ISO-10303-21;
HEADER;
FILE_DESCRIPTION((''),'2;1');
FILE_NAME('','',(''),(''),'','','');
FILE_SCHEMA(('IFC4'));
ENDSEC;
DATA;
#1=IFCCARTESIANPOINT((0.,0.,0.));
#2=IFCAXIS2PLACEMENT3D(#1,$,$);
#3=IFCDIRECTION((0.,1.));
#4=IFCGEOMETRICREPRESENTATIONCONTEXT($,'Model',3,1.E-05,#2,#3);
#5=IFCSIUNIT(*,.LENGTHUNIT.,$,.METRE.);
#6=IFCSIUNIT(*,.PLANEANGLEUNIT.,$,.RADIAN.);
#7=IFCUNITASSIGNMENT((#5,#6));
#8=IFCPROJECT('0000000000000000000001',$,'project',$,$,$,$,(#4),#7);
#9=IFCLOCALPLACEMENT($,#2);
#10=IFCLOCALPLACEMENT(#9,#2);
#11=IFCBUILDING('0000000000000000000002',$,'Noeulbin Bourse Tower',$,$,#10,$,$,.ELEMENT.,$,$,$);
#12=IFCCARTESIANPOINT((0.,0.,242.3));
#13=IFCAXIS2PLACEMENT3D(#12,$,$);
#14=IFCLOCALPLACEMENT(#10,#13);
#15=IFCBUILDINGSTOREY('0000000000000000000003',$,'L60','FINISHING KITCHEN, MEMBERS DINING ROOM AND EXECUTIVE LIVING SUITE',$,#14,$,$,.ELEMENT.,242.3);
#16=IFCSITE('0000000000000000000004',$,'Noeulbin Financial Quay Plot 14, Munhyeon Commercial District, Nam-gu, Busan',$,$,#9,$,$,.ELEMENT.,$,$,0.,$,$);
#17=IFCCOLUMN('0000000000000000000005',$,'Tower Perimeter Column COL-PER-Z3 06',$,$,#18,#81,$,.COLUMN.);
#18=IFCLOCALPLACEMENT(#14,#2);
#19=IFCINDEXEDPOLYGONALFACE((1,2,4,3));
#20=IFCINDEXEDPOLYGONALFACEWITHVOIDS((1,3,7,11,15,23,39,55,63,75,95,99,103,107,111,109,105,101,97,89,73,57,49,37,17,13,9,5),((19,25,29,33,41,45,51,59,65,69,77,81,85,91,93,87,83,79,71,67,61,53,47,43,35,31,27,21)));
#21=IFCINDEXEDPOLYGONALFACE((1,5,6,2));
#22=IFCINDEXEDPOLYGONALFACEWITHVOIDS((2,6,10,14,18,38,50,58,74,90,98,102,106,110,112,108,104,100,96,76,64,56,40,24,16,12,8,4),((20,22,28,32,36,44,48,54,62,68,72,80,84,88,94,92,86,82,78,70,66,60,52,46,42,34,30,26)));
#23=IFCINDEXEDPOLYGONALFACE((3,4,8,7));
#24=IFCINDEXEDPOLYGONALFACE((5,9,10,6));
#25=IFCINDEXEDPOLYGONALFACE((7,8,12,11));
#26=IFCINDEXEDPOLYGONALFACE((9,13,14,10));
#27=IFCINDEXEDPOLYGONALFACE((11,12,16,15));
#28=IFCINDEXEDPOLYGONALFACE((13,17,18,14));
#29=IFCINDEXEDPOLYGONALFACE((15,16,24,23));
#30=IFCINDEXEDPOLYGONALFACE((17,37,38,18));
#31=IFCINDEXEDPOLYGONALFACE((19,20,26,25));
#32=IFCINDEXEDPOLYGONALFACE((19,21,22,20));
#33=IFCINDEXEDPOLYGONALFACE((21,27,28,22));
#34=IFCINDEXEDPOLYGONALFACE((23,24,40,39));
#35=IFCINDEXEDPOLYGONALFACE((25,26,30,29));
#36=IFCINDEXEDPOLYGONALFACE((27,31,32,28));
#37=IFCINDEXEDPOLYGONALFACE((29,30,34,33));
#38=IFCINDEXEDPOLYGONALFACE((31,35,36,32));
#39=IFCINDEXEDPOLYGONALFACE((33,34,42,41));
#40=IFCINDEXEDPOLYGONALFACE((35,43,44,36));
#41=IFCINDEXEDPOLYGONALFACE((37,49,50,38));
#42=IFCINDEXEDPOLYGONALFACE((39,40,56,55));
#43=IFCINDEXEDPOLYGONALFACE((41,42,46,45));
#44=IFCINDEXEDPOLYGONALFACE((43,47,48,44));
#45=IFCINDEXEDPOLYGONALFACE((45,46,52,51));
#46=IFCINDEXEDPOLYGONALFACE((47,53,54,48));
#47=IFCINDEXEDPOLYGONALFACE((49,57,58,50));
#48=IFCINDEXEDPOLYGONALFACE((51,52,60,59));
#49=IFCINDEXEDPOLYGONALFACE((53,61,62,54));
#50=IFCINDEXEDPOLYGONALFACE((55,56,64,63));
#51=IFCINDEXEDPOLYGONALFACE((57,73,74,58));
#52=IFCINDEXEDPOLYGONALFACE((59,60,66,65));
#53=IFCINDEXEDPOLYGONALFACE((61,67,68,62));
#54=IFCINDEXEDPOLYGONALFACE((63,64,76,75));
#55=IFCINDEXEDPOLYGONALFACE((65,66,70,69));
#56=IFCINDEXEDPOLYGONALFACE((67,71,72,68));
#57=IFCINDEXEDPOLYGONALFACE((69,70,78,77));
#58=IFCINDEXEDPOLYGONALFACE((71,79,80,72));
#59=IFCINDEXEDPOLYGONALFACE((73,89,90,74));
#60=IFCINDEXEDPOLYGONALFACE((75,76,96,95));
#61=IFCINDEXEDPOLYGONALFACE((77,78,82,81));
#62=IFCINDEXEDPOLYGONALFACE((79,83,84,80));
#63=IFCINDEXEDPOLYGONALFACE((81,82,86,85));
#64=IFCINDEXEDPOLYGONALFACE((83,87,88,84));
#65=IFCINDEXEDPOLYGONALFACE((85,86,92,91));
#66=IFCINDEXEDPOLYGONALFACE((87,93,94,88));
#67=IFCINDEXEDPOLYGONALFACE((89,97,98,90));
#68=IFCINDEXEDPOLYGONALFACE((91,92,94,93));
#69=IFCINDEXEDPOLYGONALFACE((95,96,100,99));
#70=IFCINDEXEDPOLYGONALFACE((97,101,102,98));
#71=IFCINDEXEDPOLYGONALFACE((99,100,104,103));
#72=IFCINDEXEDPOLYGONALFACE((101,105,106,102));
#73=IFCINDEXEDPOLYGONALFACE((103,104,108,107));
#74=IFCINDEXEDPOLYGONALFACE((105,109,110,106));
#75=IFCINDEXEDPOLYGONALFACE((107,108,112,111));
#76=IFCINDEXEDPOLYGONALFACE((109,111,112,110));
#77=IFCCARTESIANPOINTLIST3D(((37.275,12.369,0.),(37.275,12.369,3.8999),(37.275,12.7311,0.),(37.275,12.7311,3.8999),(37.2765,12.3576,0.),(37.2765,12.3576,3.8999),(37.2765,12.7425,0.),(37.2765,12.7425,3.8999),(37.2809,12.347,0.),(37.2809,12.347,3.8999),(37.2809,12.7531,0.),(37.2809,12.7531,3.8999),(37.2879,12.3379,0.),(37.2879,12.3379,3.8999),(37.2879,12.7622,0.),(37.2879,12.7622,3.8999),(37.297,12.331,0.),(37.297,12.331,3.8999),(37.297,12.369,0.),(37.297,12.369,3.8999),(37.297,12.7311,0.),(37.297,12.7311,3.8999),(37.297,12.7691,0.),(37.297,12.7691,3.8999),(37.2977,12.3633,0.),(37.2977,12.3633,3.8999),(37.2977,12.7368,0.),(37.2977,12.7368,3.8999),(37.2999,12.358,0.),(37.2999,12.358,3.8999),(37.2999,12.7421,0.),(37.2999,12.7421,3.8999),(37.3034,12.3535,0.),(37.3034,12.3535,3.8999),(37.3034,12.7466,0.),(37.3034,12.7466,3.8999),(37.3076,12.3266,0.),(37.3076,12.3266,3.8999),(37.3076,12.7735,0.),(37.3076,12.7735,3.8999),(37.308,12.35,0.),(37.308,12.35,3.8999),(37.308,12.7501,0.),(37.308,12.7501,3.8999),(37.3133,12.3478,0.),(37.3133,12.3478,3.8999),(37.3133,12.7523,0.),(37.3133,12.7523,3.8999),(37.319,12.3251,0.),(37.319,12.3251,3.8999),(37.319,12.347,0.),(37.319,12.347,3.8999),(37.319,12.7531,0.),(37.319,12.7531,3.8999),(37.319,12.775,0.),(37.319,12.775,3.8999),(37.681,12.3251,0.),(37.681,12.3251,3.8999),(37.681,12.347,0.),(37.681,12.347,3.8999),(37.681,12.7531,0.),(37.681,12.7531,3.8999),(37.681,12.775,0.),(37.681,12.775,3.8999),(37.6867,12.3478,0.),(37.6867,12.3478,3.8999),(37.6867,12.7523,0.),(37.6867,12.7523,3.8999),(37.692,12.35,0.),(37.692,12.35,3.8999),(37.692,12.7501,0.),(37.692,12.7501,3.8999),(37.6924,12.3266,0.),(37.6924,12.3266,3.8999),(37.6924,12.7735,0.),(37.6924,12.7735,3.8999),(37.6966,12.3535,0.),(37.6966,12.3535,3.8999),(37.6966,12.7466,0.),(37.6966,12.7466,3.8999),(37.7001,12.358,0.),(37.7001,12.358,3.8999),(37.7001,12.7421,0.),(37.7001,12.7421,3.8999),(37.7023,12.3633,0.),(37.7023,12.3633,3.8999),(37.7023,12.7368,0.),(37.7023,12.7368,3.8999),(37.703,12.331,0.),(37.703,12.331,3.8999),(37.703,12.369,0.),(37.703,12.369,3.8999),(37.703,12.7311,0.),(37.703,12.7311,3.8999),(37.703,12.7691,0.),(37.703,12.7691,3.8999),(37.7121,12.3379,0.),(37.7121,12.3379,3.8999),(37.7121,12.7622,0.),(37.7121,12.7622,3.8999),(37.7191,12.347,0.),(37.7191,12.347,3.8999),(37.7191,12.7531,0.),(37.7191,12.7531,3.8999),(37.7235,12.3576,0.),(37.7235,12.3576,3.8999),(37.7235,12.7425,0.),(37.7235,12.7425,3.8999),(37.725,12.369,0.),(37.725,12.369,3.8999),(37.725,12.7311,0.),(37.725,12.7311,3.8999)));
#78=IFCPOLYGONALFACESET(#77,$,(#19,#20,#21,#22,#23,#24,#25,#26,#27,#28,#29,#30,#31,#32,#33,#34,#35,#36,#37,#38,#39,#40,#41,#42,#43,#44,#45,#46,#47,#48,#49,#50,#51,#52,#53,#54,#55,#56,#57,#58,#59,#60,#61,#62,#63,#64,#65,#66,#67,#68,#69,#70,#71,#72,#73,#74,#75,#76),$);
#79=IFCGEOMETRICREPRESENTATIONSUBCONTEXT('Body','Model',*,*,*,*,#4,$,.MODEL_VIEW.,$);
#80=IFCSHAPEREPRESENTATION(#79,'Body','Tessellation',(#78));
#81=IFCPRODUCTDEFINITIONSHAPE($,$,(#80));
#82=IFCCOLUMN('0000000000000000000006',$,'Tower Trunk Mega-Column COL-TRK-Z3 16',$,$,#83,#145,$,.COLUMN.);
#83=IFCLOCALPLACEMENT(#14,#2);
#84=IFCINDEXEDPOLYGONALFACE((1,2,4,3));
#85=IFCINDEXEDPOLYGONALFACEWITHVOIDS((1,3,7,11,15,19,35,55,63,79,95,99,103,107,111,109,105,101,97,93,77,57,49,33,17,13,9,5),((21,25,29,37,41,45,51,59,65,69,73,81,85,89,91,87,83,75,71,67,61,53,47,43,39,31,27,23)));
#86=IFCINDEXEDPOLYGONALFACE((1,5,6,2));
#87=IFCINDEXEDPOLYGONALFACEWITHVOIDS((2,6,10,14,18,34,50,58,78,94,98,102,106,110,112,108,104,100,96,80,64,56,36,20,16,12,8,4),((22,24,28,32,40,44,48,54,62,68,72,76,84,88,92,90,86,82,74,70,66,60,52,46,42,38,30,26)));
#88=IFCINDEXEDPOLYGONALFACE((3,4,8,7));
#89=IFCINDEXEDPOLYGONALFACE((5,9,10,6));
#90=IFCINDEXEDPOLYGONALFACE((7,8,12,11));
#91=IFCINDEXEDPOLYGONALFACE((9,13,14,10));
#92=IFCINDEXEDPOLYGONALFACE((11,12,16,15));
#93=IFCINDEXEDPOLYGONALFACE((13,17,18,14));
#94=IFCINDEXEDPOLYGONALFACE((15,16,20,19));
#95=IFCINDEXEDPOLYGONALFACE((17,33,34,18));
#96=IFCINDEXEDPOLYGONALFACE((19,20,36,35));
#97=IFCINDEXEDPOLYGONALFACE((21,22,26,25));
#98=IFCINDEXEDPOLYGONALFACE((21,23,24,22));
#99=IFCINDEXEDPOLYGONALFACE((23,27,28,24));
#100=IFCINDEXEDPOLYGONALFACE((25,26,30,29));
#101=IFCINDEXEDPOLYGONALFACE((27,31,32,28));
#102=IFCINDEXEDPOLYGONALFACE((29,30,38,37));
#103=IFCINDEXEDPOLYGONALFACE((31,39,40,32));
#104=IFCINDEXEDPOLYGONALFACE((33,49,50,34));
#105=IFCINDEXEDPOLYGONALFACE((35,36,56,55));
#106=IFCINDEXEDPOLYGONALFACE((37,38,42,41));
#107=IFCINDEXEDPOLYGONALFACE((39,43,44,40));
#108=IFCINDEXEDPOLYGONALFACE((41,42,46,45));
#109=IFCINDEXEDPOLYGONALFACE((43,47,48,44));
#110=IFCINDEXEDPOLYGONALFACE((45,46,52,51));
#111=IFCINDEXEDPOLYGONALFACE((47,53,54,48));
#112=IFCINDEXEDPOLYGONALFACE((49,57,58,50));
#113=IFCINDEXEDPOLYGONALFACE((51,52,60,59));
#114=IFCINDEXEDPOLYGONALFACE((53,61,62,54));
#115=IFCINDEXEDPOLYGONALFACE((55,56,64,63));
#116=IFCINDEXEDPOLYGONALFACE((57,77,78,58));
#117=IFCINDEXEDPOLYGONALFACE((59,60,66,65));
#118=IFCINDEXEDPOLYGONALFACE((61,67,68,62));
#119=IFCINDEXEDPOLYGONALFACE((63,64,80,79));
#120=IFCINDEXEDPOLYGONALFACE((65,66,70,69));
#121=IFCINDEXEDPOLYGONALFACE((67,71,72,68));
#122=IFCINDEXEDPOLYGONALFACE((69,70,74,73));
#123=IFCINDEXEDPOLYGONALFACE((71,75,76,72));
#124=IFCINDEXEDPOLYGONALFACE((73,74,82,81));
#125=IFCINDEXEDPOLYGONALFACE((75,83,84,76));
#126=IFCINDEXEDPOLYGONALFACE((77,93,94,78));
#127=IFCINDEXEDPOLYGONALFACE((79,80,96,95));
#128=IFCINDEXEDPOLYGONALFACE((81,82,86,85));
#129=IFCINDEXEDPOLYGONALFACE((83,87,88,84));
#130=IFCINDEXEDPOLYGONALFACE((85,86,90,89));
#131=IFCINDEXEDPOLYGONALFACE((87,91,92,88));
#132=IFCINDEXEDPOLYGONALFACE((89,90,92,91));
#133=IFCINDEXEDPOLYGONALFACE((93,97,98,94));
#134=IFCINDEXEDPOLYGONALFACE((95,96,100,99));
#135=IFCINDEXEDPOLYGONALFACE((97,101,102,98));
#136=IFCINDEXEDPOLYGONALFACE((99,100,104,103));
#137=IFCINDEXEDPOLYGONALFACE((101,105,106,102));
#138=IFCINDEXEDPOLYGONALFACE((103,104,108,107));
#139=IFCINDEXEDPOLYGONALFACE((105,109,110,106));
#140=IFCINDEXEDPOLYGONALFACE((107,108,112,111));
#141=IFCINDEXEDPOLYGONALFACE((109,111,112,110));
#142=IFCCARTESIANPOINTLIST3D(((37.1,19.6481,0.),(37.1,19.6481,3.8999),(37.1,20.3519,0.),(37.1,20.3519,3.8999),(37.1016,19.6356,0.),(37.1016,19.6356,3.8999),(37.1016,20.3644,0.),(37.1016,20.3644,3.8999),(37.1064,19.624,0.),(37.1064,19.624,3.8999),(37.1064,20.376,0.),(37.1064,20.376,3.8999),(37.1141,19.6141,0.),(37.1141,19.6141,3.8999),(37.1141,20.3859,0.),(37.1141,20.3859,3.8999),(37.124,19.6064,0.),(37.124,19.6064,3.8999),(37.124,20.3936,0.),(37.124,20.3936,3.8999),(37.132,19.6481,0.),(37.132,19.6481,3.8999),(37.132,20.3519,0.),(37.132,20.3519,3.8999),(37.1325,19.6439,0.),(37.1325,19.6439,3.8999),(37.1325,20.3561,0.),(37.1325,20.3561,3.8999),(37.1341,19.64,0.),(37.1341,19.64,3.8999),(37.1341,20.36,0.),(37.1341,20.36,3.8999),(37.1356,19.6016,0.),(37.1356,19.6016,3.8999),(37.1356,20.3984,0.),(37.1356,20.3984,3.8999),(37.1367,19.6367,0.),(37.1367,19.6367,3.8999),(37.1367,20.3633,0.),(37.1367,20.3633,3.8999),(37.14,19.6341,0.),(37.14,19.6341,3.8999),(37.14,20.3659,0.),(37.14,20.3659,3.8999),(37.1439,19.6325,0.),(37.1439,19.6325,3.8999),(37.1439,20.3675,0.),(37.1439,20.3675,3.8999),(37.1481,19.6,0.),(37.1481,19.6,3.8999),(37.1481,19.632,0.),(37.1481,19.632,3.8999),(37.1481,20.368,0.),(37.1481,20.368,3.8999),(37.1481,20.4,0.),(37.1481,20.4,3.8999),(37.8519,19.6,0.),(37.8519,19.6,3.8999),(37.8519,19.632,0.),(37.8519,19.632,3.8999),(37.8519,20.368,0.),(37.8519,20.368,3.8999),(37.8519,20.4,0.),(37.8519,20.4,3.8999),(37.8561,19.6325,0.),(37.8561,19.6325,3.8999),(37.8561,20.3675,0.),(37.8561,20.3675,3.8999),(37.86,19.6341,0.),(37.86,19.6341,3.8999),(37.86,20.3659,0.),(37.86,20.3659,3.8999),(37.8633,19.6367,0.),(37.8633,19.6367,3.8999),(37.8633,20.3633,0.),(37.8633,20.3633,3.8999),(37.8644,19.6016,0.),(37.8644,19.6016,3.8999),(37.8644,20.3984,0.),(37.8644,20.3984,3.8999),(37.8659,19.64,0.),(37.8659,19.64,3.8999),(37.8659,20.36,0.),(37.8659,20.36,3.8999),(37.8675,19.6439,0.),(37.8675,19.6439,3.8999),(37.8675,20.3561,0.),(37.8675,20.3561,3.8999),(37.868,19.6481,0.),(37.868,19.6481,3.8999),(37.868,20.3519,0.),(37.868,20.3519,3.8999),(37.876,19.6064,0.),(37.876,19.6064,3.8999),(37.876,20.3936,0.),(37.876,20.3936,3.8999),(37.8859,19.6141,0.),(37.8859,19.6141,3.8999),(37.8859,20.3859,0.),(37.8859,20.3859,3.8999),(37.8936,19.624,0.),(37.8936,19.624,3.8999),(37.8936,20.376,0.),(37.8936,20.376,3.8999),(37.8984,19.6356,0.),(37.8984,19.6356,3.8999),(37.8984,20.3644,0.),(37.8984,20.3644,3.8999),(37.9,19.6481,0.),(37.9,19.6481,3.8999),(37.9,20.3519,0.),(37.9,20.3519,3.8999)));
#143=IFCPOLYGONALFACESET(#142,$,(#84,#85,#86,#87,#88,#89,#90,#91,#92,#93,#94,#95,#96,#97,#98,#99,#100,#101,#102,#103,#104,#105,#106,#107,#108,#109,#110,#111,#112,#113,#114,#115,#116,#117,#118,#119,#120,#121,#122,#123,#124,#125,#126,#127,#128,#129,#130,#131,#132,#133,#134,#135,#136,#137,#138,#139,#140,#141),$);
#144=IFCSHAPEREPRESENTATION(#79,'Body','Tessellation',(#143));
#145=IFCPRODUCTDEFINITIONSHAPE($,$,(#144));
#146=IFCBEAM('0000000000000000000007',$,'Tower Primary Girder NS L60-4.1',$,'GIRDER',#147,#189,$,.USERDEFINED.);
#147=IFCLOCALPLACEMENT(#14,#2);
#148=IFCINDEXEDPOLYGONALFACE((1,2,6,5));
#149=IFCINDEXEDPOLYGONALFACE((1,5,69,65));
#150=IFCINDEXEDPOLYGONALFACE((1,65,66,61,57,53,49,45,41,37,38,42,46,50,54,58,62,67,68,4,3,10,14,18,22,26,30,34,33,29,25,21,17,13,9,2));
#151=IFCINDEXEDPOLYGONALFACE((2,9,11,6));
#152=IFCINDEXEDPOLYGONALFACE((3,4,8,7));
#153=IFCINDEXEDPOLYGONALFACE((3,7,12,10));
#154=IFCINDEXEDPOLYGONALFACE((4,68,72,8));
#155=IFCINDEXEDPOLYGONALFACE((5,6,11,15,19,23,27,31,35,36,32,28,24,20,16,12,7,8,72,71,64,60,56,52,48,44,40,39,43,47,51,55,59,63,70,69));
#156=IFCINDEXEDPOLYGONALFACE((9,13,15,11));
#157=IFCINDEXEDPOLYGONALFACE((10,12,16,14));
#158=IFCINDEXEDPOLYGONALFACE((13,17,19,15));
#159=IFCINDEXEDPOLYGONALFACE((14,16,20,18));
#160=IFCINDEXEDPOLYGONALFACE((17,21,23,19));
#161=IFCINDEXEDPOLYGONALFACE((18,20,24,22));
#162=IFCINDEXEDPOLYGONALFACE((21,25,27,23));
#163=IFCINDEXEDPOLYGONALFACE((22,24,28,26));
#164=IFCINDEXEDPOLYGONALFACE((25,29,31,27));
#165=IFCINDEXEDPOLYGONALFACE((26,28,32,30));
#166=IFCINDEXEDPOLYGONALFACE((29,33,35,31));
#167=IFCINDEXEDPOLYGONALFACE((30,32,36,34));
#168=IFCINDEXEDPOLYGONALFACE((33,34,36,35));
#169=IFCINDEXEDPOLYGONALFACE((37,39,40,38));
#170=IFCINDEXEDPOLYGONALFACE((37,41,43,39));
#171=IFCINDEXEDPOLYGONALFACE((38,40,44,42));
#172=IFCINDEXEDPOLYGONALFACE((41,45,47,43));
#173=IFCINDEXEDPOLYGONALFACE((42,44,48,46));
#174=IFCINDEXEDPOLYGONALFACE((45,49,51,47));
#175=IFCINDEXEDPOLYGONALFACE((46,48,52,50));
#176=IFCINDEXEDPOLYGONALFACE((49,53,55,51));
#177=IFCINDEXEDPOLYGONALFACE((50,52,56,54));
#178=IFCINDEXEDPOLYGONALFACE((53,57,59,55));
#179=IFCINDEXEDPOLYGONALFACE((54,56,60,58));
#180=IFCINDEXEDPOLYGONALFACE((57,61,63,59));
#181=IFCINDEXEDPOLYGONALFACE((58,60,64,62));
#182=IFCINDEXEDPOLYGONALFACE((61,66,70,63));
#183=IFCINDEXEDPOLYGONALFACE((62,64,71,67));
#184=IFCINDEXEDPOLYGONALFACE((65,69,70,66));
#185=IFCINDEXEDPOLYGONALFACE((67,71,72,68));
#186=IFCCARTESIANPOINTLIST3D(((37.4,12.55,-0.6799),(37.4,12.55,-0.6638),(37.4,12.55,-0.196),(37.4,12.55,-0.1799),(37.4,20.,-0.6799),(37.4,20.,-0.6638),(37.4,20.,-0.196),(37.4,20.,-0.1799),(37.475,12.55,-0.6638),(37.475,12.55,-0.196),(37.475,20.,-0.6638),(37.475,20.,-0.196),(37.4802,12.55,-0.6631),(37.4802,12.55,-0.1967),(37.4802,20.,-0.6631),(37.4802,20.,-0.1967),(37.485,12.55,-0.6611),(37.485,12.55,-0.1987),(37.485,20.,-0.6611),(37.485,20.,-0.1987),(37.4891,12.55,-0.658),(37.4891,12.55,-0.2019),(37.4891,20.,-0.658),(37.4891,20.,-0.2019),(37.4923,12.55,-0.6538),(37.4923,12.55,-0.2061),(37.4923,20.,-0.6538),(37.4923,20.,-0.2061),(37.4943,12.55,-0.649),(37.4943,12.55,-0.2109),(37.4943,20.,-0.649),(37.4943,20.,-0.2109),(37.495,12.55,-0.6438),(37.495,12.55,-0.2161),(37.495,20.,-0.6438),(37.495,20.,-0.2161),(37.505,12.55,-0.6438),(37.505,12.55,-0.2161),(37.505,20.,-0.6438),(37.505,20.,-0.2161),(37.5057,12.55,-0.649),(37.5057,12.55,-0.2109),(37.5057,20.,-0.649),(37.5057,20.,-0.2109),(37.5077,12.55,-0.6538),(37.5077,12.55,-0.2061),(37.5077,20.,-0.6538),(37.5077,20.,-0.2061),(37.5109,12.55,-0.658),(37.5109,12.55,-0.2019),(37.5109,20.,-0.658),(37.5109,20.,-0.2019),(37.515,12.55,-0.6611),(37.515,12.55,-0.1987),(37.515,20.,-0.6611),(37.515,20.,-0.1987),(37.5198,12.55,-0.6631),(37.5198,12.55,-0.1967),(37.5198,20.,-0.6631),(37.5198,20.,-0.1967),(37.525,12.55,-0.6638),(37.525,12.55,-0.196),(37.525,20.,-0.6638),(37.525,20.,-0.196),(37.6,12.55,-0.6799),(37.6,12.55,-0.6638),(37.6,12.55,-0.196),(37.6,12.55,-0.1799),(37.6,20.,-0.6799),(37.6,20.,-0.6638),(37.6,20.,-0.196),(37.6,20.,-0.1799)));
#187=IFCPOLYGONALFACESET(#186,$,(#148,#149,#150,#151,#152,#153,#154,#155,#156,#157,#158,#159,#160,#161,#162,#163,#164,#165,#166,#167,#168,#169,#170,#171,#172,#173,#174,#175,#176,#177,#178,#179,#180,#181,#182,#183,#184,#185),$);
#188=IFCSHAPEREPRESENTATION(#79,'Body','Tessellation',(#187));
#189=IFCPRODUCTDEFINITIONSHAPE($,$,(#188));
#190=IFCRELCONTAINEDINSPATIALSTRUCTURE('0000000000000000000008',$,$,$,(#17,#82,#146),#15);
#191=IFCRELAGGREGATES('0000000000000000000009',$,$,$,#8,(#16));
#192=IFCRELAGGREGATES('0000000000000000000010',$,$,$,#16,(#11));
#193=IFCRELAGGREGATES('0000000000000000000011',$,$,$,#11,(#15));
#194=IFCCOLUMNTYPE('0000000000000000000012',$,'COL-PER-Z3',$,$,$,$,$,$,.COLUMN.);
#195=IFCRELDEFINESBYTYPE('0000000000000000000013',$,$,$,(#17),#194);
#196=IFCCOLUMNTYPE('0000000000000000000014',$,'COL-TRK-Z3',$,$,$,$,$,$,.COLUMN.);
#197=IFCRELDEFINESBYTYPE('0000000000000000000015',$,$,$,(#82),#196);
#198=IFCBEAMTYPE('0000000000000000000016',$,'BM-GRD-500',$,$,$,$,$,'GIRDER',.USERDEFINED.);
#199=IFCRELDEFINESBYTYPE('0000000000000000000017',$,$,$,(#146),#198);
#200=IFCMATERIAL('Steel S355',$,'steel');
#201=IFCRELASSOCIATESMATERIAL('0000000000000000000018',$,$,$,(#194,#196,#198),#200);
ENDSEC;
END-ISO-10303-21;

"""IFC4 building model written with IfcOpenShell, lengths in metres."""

from ifc_helpers import new_model, si_unit, direction, frame, origin, origin_2d, place, context, subcontext, project, spatial, hollow_rectangle, i_section, extrude, material, material_profile, profile_set, type_object, element, save


model = new_model("IFC4")

# Units and contexts
model_context = context("Model", 3, precision=1e-05, world=origin(), true_north=direction((0.0, 1.0)))
body_context = subcontext(model_context, "Body", "Model", "MODEL_VIEW")
ifc_project = project(units=[si_unit("LENGTHUNIT", "METRE"), si_unit("PLANEANGLEUNIT", "RADIAN")], contexts=[model_context])

# Site, building, storey
site_placement = place(None, origin())
site = spatial("IfcSite", under=ifc_project, at=site_placement, Name="Noeulbin Financial Quay Plot 14, Munhyeon Commercial District, Nam-gu, Busan", CompositionType="ELEMENT", RefElevation=0.0)
building_placement = place(site_placement, origin())
building = spatial("IfcBuilding", under=site, at=building_placement, Name="Noeulbin Bourse Tower", CompositionType="ELEMENT")
storey_placement = place(building_placement, frame((0.0, 0.0, 242.3)))
storey = spatial("IfcBuildingStorey", under=building, at=storey_placement, Name="L60", Description="FINISHING KITCHEN, MEMBERS DINING ROOM AND EXECUTIVE LIVING SUITE", CompositionType="ELEMENT", Elevation=242.3)

# Columns
ifc_material_1 = material(Name="Steel S355", Category="steel")
ifc_material_profile_1 = material_profile(ifc_material_1, hollow_rectangle(XDim=0.45, YDim=0.45, WallThickness=0.022, InnerFilletRadius=0.022, OuterFilletRadius=0.0439, at=origin_2d()), Name="SHS-450x450x22", Category="LoadBearing")
ifc_profile_set_1 = profile_set([ifc_material_profile_1], Name="Steel S355")
column_type_1 = type_object("IfcColumnType", Name="COL-PER-Z3", PredefinedType="COLUMN", material=ifc_profile_set_1)
column_1_placement = place(storey_placement, frame((37.5, 12.55, 0.0), z_axis=(0.0, 0.0, 1.0), x_axis=(1.0, 0.0, 0.0)))
element("IfcColumn", 1, at=column_1_placement, inside=storey, type_object=column_type_1, Name="Tower Perimeter Column COL-PER-Z3 06", PredefinedType="COLUMN", context=body_context, shape_type="SweptSolid", body=[
    extrude(hollow_rectangle(XDim=0.45, YDim=0.45, WallThickness=0.022, InnerFilletRadius=0.022, OuterFilletRadius=0.0439, at=origin_2d()), origin(), (0.0, 0.0, 1.0), 3.8999),
])
ifc_material_profile_2 = material_profile(ifc_material_1, hollow_rectangle(XDim=0.8, YDim=0.8, WallThickness=0.032, InnerFilletRadius=0.0161, OuterFilletRadius=0.0481, at=origin_2d()), Name="BOX-800x800x32", Category="LoadBearing")
ifc_profile_set_2 = profile_set([ifc_material_profile_2], Name="Steel S355")
column_type_2 = type_object("IfcColumnType", Name="COL-TRK-Z3", PredefinedType="COLUMN", material=ifc_profile_set_2)
column_2_placement = place(storey_placement, frame((37.5, 20.0, 0.0), z_axis=(0.0, 0.0, 1.0), x_axis=(1.0, 0.0, 0.0)))
element("IfcColumn", 2, at=column_2_placement, inside=storey, type_object=column_type_2, Name="Tower Trunk Mega-Column COL-TRK-Z3 16", PredefinedType="COLUMN", context=body_context, shape_type="SweptSolid", body=[
    extrude(hollow_rectangle(XDim=0.8, YDim=0.8, WallThickness=0.032, InnerFilletRadius=0.0161, OuterFilletRadius=0.0481, at=origin_2d()), origin(), (0.0, 0.0, 1.0), 3.8999),
])

# Beam
ifc_material_profile_3 = material_profile(ifc_material_1, i_section(OverallWidth=0.2, OverallDepth=0.5, WebThickness=0.01, FlangeThickness=0.0161, FilletRadius=0.02, at=origin_2d()), Name="H-500x200x10x16", Category="LoadBearing")
ifc_profile_set_3 = profile_set([ifc_material_profile_3], Name="Steel S355")
beam_type_1 = type_object("IfcBeamType", Name="BM-GRD-500", ElementType="GIRDER", PredefinedType="USERDEFINED", material=ifc_profile_set_3)
beam_placement = place(storey_placement, frame((37.5, 12.55, -0.4299), z_axis=(0.0, 1.0, 0.0), x_axis=(-1.0, 0.0, 0.0)))
element("IfcBeam", 3, at=beam_placement, inside=storey, type_object=beam_type_1, Name="Tower Primary Girder NS L60-4.1", ObjectType="GIRDER", PredefinedType="USERDEFINED", context=body_context, shape_type="SweptSolid", body=[
    extrude(i_section(OverallWidth=0.2, OverallDepth=0.5, WebThickness=0.01, FlangeThickness=0.0161, FilletRadius=0.02, at=origin_2d()), origin(), (0.0, 0.0, 1.0), 7.45),
])

save(model, "model.ifc")
